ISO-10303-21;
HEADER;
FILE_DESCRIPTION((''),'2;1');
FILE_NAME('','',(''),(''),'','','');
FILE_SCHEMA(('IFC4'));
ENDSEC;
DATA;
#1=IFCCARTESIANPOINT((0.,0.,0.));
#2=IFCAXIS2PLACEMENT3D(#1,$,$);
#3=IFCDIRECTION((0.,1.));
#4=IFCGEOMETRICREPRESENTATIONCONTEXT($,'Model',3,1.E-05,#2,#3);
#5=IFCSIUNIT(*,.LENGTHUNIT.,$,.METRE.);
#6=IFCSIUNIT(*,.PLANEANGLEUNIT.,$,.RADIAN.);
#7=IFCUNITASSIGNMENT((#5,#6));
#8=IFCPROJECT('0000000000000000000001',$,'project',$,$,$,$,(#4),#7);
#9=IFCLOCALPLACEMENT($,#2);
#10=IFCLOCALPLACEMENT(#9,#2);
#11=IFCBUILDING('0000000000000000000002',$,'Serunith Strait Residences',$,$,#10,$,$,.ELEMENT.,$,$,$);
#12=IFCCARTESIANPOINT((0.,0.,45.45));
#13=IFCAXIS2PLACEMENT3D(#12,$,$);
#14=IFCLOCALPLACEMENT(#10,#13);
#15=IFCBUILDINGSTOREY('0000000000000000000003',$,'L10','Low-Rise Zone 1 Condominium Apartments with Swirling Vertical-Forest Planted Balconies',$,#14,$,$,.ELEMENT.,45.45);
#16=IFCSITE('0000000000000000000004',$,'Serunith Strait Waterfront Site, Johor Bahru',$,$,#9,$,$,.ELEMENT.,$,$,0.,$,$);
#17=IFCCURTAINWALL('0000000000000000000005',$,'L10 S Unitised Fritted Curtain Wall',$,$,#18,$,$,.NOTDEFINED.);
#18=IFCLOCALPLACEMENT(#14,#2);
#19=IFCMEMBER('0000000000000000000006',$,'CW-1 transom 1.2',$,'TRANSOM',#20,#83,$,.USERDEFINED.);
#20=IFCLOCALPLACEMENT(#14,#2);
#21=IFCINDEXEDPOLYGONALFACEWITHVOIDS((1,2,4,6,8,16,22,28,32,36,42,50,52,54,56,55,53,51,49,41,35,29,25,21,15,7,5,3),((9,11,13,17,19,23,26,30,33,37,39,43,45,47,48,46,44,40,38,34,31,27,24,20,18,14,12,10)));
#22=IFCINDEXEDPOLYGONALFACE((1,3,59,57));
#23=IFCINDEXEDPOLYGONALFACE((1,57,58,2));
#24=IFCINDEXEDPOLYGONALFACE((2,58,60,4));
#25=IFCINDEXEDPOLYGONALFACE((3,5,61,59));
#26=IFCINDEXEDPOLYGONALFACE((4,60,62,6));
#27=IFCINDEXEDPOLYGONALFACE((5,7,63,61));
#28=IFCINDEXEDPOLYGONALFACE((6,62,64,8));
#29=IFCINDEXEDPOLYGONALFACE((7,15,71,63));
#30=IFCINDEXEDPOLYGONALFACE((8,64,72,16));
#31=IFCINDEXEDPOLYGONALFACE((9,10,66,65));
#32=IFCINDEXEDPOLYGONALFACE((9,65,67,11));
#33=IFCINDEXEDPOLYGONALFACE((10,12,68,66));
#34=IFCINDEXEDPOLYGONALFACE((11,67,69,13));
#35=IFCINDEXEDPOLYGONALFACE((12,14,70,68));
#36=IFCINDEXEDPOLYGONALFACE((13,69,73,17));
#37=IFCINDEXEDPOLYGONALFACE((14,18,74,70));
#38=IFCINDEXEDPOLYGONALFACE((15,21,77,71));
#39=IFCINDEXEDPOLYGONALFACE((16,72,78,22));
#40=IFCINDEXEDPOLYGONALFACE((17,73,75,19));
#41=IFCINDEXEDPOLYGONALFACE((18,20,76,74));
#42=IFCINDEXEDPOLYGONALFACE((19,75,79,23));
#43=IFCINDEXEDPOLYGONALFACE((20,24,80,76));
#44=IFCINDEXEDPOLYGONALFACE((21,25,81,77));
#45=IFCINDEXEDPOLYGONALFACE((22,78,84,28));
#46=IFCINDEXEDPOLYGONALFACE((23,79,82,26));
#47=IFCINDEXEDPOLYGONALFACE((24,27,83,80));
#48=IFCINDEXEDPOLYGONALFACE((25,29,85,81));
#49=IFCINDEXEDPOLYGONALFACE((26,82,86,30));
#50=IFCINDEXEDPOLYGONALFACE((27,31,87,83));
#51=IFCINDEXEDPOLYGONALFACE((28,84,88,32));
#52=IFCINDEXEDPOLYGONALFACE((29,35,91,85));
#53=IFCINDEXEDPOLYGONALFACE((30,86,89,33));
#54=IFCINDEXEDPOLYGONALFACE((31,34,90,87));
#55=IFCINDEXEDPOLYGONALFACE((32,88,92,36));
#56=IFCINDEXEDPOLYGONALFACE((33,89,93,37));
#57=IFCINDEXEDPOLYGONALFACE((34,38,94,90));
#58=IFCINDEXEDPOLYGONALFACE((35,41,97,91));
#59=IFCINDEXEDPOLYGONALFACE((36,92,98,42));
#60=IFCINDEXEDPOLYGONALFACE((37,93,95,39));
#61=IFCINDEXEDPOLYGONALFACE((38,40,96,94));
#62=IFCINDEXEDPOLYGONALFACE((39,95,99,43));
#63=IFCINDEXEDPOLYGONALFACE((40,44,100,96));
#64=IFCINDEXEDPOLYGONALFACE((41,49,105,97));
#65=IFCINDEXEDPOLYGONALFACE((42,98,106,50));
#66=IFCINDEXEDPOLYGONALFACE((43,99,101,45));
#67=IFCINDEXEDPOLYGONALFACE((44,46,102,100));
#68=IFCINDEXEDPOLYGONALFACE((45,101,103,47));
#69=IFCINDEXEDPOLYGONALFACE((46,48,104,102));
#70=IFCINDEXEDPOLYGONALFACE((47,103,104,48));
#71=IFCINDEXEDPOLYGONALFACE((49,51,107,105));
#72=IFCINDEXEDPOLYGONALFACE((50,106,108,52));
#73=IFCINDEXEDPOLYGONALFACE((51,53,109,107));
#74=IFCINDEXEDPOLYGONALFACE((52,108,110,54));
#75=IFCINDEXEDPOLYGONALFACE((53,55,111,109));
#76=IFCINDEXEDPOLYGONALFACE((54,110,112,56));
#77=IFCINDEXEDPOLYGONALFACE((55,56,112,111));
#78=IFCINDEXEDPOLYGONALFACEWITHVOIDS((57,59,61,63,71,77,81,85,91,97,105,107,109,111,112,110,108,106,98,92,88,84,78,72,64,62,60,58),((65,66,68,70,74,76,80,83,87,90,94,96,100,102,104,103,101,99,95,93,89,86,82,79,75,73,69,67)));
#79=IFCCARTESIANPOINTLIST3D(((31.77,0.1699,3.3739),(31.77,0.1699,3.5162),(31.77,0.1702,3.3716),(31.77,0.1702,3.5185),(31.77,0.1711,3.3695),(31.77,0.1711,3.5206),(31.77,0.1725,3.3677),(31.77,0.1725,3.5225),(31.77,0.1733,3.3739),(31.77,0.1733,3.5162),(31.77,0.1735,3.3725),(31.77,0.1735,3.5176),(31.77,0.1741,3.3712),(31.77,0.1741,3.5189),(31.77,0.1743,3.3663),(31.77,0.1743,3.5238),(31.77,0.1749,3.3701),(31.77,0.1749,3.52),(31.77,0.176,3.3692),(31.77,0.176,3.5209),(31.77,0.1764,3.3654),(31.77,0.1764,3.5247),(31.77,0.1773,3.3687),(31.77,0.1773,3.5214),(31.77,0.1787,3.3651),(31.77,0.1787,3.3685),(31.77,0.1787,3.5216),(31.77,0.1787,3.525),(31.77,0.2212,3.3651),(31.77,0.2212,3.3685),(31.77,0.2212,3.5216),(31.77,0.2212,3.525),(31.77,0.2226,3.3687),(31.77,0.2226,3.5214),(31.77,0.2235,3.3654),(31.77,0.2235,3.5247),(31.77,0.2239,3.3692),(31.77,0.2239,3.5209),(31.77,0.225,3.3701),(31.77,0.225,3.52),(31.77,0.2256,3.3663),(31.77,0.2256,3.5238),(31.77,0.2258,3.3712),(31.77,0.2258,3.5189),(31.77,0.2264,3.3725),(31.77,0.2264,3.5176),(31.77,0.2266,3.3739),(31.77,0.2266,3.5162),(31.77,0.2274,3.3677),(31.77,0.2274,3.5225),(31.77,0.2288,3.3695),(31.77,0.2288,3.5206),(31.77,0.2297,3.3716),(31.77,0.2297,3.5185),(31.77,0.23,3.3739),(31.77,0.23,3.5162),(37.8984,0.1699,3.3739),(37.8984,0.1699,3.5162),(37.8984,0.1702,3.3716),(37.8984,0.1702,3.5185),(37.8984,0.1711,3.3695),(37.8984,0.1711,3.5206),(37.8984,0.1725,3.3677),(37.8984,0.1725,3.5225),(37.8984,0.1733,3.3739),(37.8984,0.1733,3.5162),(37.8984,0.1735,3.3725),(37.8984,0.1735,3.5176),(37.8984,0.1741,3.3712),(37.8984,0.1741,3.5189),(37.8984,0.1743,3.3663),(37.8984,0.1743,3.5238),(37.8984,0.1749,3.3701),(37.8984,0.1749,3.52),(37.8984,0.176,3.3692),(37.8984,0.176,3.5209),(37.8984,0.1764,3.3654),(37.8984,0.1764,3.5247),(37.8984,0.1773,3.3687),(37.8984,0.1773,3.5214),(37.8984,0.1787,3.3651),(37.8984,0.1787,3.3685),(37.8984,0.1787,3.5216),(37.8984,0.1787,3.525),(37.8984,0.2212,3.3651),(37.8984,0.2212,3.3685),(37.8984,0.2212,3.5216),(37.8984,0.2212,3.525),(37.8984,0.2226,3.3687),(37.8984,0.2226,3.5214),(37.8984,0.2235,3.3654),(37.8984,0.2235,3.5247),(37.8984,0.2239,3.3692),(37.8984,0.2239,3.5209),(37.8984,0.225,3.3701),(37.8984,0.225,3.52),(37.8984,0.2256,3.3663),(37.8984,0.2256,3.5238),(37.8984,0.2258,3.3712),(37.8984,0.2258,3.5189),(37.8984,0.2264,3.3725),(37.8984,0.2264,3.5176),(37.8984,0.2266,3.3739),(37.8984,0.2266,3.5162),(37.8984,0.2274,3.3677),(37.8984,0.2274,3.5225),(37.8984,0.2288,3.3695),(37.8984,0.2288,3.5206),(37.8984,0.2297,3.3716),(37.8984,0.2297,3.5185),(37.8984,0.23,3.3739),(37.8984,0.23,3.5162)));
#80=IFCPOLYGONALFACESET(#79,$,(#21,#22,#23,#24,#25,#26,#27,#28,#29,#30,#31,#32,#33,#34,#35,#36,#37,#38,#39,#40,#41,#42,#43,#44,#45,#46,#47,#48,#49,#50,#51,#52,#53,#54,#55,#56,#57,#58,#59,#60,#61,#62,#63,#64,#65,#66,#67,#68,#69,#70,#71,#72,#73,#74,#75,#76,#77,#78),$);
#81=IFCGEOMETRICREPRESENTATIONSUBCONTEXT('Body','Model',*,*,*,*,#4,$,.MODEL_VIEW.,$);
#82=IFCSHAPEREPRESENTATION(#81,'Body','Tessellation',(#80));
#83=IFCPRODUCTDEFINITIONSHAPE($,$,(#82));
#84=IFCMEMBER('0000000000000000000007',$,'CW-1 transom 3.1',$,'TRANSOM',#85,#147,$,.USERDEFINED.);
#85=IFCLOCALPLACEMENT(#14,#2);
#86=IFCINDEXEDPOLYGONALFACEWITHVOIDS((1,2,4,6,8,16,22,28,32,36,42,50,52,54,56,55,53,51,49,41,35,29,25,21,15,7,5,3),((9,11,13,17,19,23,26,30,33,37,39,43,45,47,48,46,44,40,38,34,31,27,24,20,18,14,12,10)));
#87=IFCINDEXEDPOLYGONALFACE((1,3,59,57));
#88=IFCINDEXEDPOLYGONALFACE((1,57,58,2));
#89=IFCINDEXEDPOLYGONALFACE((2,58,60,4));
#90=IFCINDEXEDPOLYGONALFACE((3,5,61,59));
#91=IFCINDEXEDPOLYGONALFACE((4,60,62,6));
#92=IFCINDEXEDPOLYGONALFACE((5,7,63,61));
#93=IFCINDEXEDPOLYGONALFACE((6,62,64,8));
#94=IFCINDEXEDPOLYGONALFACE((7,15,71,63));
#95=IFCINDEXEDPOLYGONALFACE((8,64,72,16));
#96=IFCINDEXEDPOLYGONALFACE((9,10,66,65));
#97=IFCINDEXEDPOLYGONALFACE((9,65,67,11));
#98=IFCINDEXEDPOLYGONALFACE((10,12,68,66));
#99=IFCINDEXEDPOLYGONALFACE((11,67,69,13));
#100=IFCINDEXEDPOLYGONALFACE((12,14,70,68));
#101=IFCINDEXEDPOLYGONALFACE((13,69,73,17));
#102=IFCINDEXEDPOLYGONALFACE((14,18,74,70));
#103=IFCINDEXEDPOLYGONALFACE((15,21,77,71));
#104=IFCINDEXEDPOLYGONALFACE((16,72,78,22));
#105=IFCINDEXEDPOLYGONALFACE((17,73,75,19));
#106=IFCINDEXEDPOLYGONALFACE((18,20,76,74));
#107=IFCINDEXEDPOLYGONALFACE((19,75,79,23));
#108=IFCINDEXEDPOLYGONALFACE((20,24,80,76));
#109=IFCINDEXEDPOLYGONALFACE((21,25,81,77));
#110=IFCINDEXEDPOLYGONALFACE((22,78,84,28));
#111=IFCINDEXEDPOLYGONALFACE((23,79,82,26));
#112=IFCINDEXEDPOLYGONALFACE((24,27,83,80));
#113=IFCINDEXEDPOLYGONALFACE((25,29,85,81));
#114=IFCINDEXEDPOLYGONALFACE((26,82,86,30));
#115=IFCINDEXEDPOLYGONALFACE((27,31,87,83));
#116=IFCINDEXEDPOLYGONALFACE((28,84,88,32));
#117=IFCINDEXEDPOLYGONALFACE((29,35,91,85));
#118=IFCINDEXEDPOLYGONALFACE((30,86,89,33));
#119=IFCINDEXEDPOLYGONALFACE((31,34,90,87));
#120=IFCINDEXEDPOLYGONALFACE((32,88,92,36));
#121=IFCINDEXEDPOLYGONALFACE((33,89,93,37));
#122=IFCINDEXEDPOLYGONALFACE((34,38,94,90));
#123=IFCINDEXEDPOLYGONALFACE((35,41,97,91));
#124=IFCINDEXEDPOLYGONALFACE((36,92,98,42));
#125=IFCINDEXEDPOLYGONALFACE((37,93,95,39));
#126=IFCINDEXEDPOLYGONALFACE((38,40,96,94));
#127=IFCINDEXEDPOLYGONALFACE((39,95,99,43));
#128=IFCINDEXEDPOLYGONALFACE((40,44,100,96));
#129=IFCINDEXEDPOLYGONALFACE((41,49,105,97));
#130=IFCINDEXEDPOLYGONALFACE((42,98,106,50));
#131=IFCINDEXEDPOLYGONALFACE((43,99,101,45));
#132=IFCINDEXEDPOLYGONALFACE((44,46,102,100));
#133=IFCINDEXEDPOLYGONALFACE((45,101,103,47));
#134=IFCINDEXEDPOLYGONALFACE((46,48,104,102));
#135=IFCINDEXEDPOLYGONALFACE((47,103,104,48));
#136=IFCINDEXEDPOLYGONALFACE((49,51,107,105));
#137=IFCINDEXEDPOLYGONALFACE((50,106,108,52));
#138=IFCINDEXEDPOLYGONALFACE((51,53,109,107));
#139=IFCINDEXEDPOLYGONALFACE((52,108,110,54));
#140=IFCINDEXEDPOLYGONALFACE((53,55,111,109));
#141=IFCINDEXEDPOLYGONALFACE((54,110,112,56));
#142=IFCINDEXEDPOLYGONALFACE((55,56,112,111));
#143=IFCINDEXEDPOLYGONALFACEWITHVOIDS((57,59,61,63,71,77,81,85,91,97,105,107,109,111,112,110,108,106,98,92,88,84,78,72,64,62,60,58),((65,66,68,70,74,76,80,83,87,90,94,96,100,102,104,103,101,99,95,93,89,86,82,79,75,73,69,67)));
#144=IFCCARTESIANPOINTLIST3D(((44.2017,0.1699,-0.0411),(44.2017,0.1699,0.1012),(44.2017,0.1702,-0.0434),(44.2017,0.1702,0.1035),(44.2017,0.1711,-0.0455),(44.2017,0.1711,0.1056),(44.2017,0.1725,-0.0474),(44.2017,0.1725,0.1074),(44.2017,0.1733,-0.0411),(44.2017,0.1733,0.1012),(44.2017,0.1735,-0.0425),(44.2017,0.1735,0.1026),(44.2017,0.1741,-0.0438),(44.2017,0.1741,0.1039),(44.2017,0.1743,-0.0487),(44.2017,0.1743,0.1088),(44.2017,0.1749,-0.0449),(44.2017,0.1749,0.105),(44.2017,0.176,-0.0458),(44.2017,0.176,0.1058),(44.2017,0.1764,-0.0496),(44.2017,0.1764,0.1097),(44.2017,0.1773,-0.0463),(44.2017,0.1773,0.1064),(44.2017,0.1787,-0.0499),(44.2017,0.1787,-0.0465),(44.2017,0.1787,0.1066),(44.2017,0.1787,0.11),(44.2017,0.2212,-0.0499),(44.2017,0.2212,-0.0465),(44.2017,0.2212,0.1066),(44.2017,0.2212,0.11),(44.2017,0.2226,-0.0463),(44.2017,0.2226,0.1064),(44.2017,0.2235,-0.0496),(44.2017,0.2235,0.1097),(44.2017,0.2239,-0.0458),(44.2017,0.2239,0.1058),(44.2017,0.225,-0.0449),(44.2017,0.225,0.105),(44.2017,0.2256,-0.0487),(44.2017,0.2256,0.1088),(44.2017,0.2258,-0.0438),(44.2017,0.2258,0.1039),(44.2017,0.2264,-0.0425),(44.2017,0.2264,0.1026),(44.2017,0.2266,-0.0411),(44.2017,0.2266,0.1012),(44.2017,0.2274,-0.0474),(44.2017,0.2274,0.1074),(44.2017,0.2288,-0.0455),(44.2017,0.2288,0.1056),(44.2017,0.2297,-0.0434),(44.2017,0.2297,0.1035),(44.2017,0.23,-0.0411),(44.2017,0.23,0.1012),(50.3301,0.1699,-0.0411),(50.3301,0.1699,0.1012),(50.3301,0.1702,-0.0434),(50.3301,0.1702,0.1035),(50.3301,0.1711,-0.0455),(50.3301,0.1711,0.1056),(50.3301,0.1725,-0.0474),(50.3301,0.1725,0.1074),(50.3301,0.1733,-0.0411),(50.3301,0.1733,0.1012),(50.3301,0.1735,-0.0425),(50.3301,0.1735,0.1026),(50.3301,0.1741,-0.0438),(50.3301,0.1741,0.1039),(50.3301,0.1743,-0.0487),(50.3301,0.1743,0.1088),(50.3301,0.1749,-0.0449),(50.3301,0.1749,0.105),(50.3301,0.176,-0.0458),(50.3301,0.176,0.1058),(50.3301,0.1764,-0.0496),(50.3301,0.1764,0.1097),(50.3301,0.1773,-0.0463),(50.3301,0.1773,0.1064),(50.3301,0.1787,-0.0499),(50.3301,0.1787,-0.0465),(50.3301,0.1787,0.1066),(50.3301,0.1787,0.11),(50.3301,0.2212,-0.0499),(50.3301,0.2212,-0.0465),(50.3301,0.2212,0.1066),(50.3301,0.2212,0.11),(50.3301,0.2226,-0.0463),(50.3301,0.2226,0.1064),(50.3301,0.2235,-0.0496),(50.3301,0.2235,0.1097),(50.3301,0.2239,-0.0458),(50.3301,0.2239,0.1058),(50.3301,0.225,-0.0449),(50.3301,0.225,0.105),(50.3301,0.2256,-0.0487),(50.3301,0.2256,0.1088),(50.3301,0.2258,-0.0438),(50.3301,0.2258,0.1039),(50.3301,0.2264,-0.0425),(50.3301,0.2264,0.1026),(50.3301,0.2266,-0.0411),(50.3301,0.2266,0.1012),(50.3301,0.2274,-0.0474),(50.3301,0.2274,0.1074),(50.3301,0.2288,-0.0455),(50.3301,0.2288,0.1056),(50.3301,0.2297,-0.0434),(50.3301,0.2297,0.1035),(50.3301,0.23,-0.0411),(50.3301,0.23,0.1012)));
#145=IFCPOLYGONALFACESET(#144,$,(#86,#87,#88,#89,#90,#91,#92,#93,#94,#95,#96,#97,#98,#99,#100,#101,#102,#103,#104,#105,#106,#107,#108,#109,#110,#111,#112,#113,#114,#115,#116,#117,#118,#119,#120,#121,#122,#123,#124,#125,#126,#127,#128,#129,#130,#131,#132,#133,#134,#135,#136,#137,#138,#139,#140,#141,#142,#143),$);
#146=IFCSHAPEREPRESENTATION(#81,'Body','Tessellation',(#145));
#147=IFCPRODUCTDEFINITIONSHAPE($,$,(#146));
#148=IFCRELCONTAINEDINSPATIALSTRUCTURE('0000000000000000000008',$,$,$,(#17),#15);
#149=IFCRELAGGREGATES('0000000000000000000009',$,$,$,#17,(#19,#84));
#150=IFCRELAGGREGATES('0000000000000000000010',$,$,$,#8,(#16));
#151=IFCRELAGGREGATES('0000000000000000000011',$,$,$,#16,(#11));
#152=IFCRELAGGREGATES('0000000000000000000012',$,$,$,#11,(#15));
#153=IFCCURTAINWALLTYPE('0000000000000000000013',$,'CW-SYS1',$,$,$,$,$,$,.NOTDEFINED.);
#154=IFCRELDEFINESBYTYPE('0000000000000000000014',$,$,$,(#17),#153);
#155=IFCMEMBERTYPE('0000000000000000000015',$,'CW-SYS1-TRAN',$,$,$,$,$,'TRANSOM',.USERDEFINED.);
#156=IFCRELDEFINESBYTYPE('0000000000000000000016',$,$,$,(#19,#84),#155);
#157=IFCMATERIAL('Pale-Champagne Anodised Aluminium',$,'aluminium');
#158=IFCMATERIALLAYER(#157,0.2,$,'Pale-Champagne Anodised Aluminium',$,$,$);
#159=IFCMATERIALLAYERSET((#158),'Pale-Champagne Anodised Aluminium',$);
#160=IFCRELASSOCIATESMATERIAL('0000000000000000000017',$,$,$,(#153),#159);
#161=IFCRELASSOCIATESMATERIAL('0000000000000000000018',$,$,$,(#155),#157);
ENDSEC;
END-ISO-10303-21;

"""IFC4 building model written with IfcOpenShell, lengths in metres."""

from ifc_helpers import new_model, si_unit, direction, frame, origin, origin_2d, place, context, subcontext, project, spatial, hollow_rectangle, extrude, source, transform, mapped, material, layer, layer_set, material_profile, profile_set, type_object, element, aggregate, save


model = new_model("IFC4")

# Units and contexts
model_context = context("Model", 3, precision=1e-05, world=origin(), true_north=direction((0.0, 1.0)))
body_context = subcontext(model_context, "Body", "Model", "MODEL_VIEW")
ifc_project = project(units=[si_unit("LENGTHUNIT", "METRE"), si_unit("PLANEANGLEUNIT", "RADIAN")], contexts=[model_context])

# Site, building, storey
site_placement = place(None, origin())
site = spatial("IfcSite", under=ifc_project, at=site_placement, Name="Serunith Strait Waterfront Site, Johor Bahru", CompositionType="ELEMENT", RefElevation=0.0)
building_placement = place(site_placement, origin())
building = spatial("IfcBuilding", under=site, at=building_placement, Name="Serunith Strait Residences", CompositionType="ELEMENT")
storey_placement = place(building_placement, frame((0.0, 0.0, 45.45)))
storey = spatial("IfcBuildingStorey", under=building, at=storey_placement, Name="L10", Description="Low-Rise Zone 1 Condominium Apartments with Swirling Vertical-Forest Planted Balconies", CompositionType="ELEMENT", Elevation=45.45)

# Curtain wall, members
ifc_material_1 = material(Name="Pale-Champagne Anodised Aluminium", Category="aluminium")
ifc_layer_1 = layer(ifc_material_1, 0.2, Name="Pale-Champagne Anodised Aluminium")
ifc_layer_set_1 = layer_set([ifc_layer_1], Name="Pale-Champagne Anodised Aluminium")
curtain_wall_type = type_object("IfcCurtainWallType", Name="CW-SYS1", PredefinedType="NOTDEFINED", material=ifc_layer_set_1)
curtain_wall_placement = place(storey_placement, origin())
curtain_wall = element("IfcCurtainWall", 1, at=curtain_wall_placement, inside=storey, type_object=curtain_wall_type, Name="L10 S Unitised Fritted Curtain Wall", PredefinedType="NOTDEFINED")
ifc_material_profile_1 = material_profile(ifc_material_1, hollow_rectangle(XDim=0.0601, YDim=0.1599, WallThickness=0.0034, InnerFilletRadius=0.0054, OuterFilletRadius=0.0088, at=origin_2d()), Name="ALU 160x60x3.5")
ifc_profile_set_1 = profile_set([ifc_material_profile_1], Name="Pale-Champagne Anodised Aluminium")
member_type_1 = type_object("IfcMemberType", Name="CW-SYS1-TRAN", ElementType="TRANSOM", PredefinedType="USERDEFINED", material=ifc_profile_set_1)
shared_shape_1 = source(origin(), body_context, "Body", "SweptSolid", [
    extrude(hollow_rectangle(XDim=0.0601, YDim=0.1599, WallThickness=0.0034, InnerFilletRadius=0.0054, OuterFilletRadius=0.0088, at=origin_2d()), origin(), (0.0, 0.0, 1.0), 6.1284),
])
member_1_placement = place(storey_placement, frame((31.77, 0.2, 3.4451), z_axis=(1.0, 0.0, 0.0), x_axis=(0.0, 1.0, 0.0)))
member_1 = element("IfcMember", 2, at=member_1_placement, type_object=member_type_1, Name="CW-1 transom 1.2", ObjectType="TRANSOM", PredefinedType="USERDEFINED", context=body_context, shape_type="MappedRepresentation", body=[
    mapped(shared_shape_1, transform((0.0, 0.0, 0.0), scale=1.0)),
])
member_2_placement = place(storey_placement, frame((44.2017, 0.2, 0.03), z_axis=(1.0, 0.0, 0.0), x_axis=(0.0, 1.0, 0.0)))
member_2 = element("IfcMember", 3, at=member_2_placement, type_object=member_type_1, Name="CW-1 transom 3.1", ObjectType="TRANSOM", PredefinedType="USERDEFINED", context=body_context, shape_type="MappedRepresentation", body=[
    mapped(shared_shape_1, transform((0.0, 0.0, 0.0), scale=1.0)),
])
aggregate(curtain_wall, [member_1, member_2])

save(model, "model.ifc")
